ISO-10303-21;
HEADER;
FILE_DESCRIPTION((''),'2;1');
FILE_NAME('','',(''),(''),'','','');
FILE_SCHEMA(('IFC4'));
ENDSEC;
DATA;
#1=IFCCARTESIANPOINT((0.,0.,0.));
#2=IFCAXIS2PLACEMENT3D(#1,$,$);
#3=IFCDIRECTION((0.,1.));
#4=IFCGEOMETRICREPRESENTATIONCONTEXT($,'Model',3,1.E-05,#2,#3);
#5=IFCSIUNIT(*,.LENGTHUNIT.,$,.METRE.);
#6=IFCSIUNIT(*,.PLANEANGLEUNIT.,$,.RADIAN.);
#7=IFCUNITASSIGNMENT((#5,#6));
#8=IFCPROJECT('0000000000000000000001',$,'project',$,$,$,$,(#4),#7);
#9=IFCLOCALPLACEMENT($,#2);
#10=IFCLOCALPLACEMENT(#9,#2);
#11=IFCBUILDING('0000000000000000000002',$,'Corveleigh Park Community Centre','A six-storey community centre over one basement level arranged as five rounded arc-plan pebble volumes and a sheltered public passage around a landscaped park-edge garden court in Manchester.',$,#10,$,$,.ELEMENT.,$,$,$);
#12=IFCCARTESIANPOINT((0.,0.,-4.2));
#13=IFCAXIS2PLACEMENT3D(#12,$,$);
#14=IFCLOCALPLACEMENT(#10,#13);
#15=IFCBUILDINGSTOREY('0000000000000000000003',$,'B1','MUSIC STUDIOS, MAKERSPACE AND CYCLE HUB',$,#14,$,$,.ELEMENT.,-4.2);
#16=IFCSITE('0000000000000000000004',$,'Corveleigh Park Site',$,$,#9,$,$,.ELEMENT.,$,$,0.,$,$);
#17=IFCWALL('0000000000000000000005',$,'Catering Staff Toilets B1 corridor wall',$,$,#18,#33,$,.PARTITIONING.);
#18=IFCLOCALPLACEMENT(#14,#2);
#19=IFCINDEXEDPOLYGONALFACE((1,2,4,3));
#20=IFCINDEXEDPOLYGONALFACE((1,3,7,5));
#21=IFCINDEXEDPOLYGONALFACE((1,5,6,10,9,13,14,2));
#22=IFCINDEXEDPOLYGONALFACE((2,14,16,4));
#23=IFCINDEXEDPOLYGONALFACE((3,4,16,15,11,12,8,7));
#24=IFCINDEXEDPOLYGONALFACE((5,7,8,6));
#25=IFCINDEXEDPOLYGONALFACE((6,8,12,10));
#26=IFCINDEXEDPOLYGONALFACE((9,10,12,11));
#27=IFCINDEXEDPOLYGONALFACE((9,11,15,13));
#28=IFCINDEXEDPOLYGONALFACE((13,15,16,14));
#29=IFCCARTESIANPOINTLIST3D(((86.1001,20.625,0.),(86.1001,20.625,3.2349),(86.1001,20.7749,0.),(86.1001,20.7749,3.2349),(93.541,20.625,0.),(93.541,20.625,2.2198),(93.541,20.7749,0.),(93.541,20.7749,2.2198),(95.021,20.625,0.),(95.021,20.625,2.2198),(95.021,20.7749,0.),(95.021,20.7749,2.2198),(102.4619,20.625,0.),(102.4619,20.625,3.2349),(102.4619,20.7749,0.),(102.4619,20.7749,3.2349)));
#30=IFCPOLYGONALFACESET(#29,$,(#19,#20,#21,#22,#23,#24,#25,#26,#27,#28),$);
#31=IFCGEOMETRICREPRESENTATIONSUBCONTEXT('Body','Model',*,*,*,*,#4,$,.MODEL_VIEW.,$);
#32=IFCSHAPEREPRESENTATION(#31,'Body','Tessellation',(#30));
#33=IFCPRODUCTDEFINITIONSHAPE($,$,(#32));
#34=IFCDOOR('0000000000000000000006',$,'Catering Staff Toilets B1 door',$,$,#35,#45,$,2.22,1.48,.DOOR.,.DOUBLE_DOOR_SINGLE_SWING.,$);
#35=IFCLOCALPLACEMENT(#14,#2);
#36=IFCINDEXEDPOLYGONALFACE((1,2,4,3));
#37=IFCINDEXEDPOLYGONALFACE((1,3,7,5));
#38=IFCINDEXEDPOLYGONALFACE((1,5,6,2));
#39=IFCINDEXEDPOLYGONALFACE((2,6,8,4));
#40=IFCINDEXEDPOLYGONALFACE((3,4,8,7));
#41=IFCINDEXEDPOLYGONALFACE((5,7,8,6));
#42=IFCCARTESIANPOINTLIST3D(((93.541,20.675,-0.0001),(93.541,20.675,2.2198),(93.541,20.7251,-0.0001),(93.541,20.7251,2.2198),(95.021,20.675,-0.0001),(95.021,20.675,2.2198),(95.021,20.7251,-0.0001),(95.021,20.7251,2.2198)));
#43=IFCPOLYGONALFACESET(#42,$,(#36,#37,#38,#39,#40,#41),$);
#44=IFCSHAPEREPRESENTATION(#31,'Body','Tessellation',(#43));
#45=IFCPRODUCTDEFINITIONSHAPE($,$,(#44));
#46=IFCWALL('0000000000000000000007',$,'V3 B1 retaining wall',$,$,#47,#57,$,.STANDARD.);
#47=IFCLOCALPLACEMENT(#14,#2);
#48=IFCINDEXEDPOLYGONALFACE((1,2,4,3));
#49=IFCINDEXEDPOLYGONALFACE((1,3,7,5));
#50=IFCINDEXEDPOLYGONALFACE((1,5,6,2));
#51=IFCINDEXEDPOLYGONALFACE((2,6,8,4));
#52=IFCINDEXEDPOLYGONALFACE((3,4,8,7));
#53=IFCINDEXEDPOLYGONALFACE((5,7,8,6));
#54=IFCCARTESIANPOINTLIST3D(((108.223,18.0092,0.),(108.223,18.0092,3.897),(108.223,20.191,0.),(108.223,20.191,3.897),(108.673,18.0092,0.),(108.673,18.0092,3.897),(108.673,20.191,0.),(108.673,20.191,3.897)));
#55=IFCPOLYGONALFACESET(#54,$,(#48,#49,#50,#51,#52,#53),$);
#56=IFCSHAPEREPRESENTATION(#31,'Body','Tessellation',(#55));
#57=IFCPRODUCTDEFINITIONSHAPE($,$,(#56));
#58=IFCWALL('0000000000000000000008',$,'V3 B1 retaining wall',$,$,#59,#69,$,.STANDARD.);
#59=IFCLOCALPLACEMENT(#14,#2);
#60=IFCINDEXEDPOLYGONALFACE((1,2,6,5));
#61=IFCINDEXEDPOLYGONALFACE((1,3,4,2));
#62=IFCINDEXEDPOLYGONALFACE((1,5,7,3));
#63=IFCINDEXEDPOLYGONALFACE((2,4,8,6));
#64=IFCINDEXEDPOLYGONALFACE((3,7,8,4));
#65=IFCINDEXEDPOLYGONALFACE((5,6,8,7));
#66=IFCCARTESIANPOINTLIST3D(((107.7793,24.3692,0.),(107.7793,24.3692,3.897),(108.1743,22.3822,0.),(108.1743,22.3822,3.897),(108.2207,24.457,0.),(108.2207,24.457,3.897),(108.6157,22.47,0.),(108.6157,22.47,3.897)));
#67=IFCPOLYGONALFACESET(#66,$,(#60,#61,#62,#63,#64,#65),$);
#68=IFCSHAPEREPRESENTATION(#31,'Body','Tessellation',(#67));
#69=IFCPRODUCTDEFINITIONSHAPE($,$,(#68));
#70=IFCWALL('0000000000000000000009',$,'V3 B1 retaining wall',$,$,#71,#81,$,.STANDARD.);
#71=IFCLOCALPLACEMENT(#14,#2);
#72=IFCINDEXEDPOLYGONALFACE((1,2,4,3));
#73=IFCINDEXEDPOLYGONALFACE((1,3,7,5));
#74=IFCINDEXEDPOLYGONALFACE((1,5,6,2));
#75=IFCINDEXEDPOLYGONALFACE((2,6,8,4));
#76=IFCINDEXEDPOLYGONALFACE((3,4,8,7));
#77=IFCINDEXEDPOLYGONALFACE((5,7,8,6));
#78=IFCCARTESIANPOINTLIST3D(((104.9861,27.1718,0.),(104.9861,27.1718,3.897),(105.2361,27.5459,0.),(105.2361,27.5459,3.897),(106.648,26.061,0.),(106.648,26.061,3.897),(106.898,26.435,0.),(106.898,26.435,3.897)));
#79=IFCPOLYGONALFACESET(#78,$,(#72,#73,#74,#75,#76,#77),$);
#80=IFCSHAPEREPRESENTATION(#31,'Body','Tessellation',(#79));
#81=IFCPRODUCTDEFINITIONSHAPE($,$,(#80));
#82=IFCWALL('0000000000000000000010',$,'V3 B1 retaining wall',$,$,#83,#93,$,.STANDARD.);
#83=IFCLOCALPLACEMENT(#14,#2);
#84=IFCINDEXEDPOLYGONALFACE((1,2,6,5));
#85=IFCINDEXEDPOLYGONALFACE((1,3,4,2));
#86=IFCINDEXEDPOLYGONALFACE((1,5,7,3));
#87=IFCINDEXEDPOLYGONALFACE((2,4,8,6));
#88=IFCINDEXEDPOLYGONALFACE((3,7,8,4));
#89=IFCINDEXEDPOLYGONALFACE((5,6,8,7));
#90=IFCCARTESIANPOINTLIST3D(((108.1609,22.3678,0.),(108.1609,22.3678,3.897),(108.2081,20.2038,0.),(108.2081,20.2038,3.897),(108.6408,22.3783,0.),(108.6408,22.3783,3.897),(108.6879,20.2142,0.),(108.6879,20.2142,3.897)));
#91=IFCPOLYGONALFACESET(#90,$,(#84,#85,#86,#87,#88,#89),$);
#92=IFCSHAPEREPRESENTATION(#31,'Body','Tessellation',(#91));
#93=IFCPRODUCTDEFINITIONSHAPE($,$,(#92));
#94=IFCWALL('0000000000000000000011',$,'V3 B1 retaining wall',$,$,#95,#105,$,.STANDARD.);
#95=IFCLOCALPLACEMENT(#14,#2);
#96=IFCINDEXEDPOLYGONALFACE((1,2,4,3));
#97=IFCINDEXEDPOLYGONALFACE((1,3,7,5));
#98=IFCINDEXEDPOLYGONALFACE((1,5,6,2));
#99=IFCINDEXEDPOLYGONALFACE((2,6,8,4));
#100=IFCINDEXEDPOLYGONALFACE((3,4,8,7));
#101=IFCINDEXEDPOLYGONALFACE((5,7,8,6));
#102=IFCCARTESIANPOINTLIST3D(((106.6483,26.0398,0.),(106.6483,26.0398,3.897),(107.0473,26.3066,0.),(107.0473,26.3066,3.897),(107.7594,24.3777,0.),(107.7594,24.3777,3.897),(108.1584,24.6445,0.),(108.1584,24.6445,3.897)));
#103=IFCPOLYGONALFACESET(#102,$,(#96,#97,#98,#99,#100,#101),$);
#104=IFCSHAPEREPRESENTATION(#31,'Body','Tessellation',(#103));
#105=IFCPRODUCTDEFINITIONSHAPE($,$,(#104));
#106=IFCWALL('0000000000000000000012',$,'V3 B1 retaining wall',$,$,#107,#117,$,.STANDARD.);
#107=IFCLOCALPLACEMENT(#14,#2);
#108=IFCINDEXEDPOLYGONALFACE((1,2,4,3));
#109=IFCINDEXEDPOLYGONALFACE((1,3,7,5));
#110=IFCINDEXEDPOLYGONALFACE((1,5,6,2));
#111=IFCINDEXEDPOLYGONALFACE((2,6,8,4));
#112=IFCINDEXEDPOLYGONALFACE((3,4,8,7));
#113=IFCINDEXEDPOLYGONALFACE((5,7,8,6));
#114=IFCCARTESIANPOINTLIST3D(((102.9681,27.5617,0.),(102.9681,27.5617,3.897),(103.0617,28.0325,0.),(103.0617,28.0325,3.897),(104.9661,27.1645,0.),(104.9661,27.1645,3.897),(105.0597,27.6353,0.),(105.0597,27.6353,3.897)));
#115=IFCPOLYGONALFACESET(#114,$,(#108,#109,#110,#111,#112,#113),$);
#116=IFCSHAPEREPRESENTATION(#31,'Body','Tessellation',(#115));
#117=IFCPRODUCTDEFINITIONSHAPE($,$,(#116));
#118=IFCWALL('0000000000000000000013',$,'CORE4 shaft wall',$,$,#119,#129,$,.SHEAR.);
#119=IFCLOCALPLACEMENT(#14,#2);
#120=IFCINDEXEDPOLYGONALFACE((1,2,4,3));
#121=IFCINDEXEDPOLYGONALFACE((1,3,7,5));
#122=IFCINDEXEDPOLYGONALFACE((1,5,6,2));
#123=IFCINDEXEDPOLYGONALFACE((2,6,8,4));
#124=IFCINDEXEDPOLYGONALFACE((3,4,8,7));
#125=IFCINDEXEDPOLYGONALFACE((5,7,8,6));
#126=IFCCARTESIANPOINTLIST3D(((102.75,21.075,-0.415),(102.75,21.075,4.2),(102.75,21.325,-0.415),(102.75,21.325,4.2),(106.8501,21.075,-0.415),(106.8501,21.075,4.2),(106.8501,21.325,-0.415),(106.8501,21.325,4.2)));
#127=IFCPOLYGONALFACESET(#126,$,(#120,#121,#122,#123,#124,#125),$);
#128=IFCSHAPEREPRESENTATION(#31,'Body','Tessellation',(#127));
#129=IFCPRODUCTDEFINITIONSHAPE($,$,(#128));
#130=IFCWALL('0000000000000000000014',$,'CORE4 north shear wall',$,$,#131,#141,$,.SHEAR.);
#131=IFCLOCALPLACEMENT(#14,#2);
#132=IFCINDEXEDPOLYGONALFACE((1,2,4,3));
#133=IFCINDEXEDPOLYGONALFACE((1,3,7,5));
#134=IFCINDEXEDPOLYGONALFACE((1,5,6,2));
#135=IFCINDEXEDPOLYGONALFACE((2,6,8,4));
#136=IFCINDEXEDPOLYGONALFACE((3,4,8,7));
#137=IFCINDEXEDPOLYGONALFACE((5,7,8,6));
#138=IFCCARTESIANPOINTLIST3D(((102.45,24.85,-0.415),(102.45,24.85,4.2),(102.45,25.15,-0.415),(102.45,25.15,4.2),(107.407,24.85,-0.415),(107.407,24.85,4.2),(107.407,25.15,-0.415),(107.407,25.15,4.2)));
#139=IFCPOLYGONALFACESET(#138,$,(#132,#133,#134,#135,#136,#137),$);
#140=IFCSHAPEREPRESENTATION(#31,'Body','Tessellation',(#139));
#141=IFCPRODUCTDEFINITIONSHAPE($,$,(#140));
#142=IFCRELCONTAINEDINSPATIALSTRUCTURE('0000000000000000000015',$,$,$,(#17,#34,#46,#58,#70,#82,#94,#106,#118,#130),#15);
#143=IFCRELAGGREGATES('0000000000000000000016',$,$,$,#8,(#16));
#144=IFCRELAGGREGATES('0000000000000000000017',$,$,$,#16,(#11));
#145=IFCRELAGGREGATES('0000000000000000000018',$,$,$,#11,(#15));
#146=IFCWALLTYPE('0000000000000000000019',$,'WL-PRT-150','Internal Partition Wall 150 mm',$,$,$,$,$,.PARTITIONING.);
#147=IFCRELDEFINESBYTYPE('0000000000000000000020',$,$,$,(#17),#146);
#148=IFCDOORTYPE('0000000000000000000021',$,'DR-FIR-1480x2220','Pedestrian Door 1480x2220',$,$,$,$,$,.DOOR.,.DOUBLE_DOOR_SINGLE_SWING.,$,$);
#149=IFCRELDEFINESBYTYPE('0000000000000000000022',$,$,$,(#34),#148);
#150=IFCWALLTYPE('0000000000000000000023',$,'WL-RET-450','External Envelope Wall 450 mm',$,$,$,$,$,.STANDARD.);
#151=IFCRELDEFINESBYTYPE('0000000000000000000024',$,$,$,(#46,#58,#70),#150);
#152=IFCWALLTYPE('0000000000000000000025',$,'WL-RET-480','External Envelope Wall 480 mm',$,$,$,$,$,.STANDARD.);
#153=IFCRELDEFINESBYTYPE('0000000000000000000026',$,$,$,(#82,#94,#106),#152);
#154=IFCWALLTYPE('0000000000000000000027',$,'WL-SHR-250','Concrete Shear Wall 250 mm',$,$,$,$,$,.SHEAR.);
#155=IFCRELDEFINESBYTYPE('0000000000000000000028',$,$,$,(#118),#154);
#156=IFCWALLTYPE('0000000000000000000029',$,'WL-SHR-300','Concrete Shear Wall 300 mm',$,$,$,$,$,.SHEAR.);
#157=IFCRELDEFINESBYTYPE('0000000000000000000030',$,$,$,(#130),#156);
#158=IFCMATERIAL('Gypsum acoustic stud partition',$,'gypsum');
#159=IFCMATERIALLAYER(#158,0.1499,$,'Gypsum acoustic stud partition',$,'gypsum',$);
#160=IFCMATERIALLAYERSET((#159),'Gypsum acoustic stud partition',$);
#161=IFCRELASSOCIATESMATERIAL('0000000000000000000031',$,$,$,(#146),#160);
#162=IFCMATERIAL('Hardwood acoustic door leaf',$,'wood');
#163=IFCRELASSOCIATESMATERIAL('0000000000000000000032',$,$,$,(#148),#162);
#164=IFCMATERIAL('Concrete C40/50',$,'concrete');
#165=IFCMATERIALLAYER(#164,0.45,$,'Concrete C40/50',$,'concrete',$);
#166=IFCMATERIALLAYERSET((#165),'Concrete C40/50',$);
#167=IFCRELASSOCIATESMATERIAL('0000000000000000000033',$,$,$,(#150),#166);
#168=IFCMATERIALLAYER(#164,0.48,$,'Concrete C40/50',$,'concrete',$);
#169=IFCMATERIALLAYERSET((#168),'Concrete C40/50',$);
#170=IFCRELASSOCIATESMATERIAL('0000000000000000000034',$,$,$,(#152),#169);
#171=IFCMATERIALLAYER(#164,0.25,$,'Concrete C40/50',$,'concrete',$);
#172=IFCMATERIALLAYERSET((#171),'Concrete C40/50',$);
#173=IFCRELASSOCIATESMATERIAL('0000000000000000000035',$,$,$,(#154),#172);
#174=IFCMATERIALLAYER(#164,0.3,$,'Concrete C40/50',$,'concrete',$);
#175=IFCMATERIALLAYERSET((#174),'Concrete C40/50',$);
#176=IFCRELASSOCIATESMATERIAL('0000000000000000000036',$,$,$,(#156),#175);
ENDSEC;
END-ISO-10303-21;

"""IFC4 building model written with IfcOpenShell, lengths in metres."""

from ifc_helpers import new_model, si_unit, direction, frame, frame_2d, origin, place, context, subcontext, project, spatial, rectangle, extrude, material, layer, layer_set, type_object, element, fill, save


model = new_model("IFC4")

# Units and contexts
model_context = context("Model", 3, precision=1e-05, world=origin(), true_north=direction((0.0, 1.0)))
body_context = subcontext(model_context, "Body", "Model", "MODEL_VIEW")
ifc_project = project(units=[si_unit("LENGTHUNIT", "METRE"), si_unit("PLANEANGLEUNIT", "RADIAN")], contexts=[model_context])

# Site, building, storey
site_placement = place(None, origin())
site = spatial("IfcSite", under=ifc_project, at=site_placement, Name="Corveleigh Park Site", CompositionType="ELEMENT", RefElevation=0.0)
building_placement = place(site_placement, origin())
building = spatial("IfcBuilding", under=site, at=building_placement, Name="Corveleigh Park Community Centre", Description="A six-storey community centre over one basement level arranged as five rounded arc-plan pebble volumes and a sheltered public passage around a landscaped park-edge garden court in Manchester.", CompositionType="ELEMENT")
storey_placement = place(building_placement, frame((0.0, 0.0, -4.2)))
storey = spatial("IfcBuildingStorey", under=building, at=storey_placement, Name="B1", Description="MUSIC STUDIOS, MAKERSPACE AND CYCLE HUB", CompositionType="ELEMENT", Elevation=-4.2)

# Shared definitions
ifc_material_1 = material(Name="Concrete C40/50", Category="concrete")

# Shared definitions
ifc_material_2 = material(Name="Gypsum acoustic stud partition", Category="gypsum")
ifc_layer_1 = layer(ifc_material_2, 0.1499, Name="Gypsum acoustic stud partition", Category="gypsum")
ifc_layer_set_1 = layer_set([ifc_layer_1], Name="Gypsum acoustic stud partition")
wall_type_1 = type_object("IfcWallType", Name="WL-PRT-150", Description="Internal Partition Wall 150 mm", PredefinedType="PARTITIONING", material=ifc_layer_set_1)

# Wall, opening, door
wall_1_placement = place(storey_placement, frame((102.4619, 20.7, 0.0), z_axis=(0.0, 0.0, 1.0), x_axis=(-1.0, 0.0, 0.0)))
wall_1 = element("IfcWall", 1, at=wall_1_placement, inside=storey, type_object=wall_type_1, Name="Catering Staff Toilets B1 corridor wall", PredefinedType="PARTITIONING", context=body_context, shape_type="SweptSolid", body=[
    extrude(rectangle(XDim=16.3618, YDim=0.1499, at=frame_2d((8.1809, 0.0))), origin(), (0.0, 0.0, 1.0), 3.2349),
])
opening_1_placement = place(wall_1_placement, frame((7.4409, 0.0, 0.0)))
opening_1 = element("IfcOpeningElement", 2, at=opening_1_placement, cuts=wall_1, PredefinedType="OPENING", context=body_context, shape_type="SweptSolid", body=[
    extrude(rectangle(XDim=1.48, YDim=2.22, at=frame_2d((0.74, 1.1099))), frame((0.0, 0.085, 0.0), z_axis=(0.0, -1.0, 0.0), x_axis=(1.0, 0.0, 0.0)), (0.0, 0.0, 1.0), 0.1699),
])
ifc_material_3 = material(Name="Hardwood acoustic door leaf", Category="wood")
door_type_1 = type_object("IfcDoorType", Name="DR-FIR-1480x2220", Description="Pedestrian Door 1480x2220", OperationType="DOUBLE_DOOR_SINGLE_SWING", PredefinedType="DOOR", material=ifc_material_3)
door_1_placement = place(opening_1_placement, origin())
door_1 = element("IfcDoor", 3, at=door_1_placement, inside=storey, type_object=door_type_1, Name="Catering Staff Toilets B1 door", OperationType="DOUBLE_DOOR_SINGLE_SWING", OverallHeight=2.22, OverallWidth=1.48, PredefinedType="DOOR", context=body_context, shape_type="SweptSolid", body=[
    extrude(rectangle(XDim=1.48, YDim=2.22, at=frame_2d((0.74, 1.1099))), frame((0.0, 0.0249, 0.0), z_axis=(0.0, -1.0, 0.0), x_axis=(1.0, 0.0, 0.0)), (0.0, 0.0, 1.0), 0.05),
])
fill(opening_1, door_1)

# Walls
ifc_layer_2 = layer(ifc_material_1, 0.45, Name="Concrete C40/50", Category="concrete")
ifc_layer_set_2 = layer_set([ifc_layer_2], Name="Concrete C40/50")
wall_type_2 = type_object("IfcWallType", Name="WL-RET-450", Description="External Envelope Wall 450 mm", PredefinedType="STANDARD", material=ifc_layer_set_2)
wall_2_placement = place(storey_placement, frame((108.448, 20.1909, 0.0), z_axis=(0.0, 0.0, 1.0), x_axis=(0.0, -1.0, 0.0)))
element("IfcWall", 4, at=wall_2_placement, inside=storey, type_object=wall_type_2, Name="V3 B1 retaining wall", PredefinedType="STANDARD", context=body_context, shape_type="SweptSolid", body=[
    extrude(rectangle(XDim=2.1819, YDim=0.45, at=frame_2d((1.0908, 0.0))), origin(), (0.0, 0.0, 1.0), 3.897),
])
wall_3_placement = place(storey_placement, frame((108.0, 24.4131, 0.0), z_axis=(0.0, 0.0, 1.0), x_axis=(0.19498, -0.980807, 0.0)))
element("IfcWall", 5, at=wall_3_placement, inside=storey, type_object=wall_type_2, Name="V3 B1 retaining wall", PredefinedType="STANDARD", context=body_context, shape_type="SweptSolid", body=[
    extrude(rectangle(XDim=2.0259, YDim=0.45, at=frame_2d((1.0129, 0.0))), origin(), (0.0, 0.0, 1.0), 3.897),
])
wall_4_placement = place(storey_placement, frame((105.1111, 27.3589, 0.0), z_axis=(0.0, 0.0, 1.0), x_axis=(0.831373, -0.555714, 0.0)))
element("IfcWall", 6, at=wall_4_placement, inside=storey, type_object=wall_type_2, Name="V3 B1 retaining wall", PredefinedType="STANDARD", context=body_context, shape_type="SweptSolid", body=[
    extrude(rectangle(XDim=1.999, YDim=0.45, at=frame_2d((0.9995, 0.0))), origin(), (0.0, 0.0, 1.0), 3.897),
])
ifc_layer_3 = layer(ifc_material_1, 0.48, Name="Concrete C40/50", Category="concrete")
ifc_layer_set_3 = layer_set([ifc_layer_3], Name="Concrete C40/50")
wall_type_3 = type_object("IfcWallType", Name="WL-RET-480", Description="External Envelope Wall 480 mm", PredefinedType="STANDARD", material=ifc_layer_set_3)
wall_5_placement = place(storey_placement, frame((108.4009, 22.373, 0.0), z_axis=(0.0, 0.0, 1.0), x_axis=(0.021768, -0.999763, 0.0)))
element("IfcWall", 7, at=wall_5_placement, inside=storey, type_object=wall_type_3, Name="V3 B1 retaining wall", PredefinedType="STANDARD", context=body_context, shape_type="SweptSolid", body=[
    extrude(rectangle(XDim=2.1646, YDim=0.48, at=frame_2d((1.0823, 0.0))), origin(), (0.0, 0.0, 1.0), 3.897),
])
wall_6_placement = place(storey_placement, frame((106.8479, 26.1731, 0.0), z_axis=(0.0, 0.0, 1.0), x_axis=(0.555742, -0.831355, 0.0)))
element("IfcWall", 8, at=wall_6_placement, inside=storey, type_object=wall_type_3, Name="V3 B1 retaining wall", PredefinedType="STANDARD", context=body_context, shape_type="SweptSolid", body=[
    extrude(rectangle(XDim=1.9993, YDim=0.48, at=frame_2d((0.9995, 0.0))), origin(), (0.0, 0.0, 1.0), 3.897),
])
wall_7_placement = place(storey_placement, frame((103.0149, 27.7971, 0.0), z_axis=(0.0, 0.0, 1.0), x_axis=(0.980806, -0.194987, 0.0)))
element("IfcWall", 9, at=wall_7_placement, inside=storey, type_object=wall_type_3, Name="V3 B1 retaining wall", PredefinedType="STANDARD", context=body_context, shape_type="SweptSolid", body=[
    extrude(rectangle(XDim=2.0371, YDim=0.48, at=frame_2d((1.0186, 0.0))), origin(), (0.0, 0.0, 1.0), 3.897),
])
ifc_layer_4 = layer(ifc_material_1, 0.25, Name="Concrete C40/50", Category="concrete")
ifc_layer_set_4 = layer_set([ifc_layer_4], Name="Concrete C40/50")
wall_type_4 = type_object("IfcWallType", Name="WL-SHR-250", Description="Concrete Shear Wall 250 mm", PredefinedType="SHEAR", material=ifc_layer_set_4)
wall_8_placement = place(storey_placement, frame((102.75, 21.2, -0.415), z_axis=(0.0, 0.0, 1.0), x_axis=(1.0, 0.0, 0.0)))
element("IfcWall", 10, at=wall_8_placement, inside=storey, type_object=wall_type_4, Name="CORE4 shaft wall", PredefinedType="SHEAR", context=body_context, shape_type="SweptSolid", body=[
    extrude(rectangle(XDim=4.1001, YDim=0.25, at=frame_2d((2.05, 0.0))), origin(), (0.0, 0.0, 1.0), 4.615),
])
ifc_layer_5 = layer(ifc_material_1, 0.3, Name="Concrete C40/50", Category="concrete")
ifc_layer_set_5 = layer_set([ifc_layer_5], Name="Concrete C40/50")
wall_type_5 = type_object("IfcWallType", Name="WL-SHR-300", Description="Concrete Shear Wall 300 mm", PredefinedType="SHEAR", material=ifc_layer_set_5)
wall_9_placement = place(storey_placement, frame((107.407, 25.0, -0.415), z_axis=(0.0, 0.0, 1.0), x_axis=(-1.0, 0.0, 0.0)))
element("IfcWall", 11, at=wall_9_placement, inside=storey, type_object=wall_type_5, Name="CORE4 north shear wall", PredefinedType="SHEAR", context=body_context, shape_type="SweptSolid", body=[
    extrude(rectangle(XDim=4.957, YDim=0.3, at=frame_2d((2.4785, 0.0))), origin(), (0.0, 0.0, 1.0), 4.615),
])

save(model, "model.ifc")
